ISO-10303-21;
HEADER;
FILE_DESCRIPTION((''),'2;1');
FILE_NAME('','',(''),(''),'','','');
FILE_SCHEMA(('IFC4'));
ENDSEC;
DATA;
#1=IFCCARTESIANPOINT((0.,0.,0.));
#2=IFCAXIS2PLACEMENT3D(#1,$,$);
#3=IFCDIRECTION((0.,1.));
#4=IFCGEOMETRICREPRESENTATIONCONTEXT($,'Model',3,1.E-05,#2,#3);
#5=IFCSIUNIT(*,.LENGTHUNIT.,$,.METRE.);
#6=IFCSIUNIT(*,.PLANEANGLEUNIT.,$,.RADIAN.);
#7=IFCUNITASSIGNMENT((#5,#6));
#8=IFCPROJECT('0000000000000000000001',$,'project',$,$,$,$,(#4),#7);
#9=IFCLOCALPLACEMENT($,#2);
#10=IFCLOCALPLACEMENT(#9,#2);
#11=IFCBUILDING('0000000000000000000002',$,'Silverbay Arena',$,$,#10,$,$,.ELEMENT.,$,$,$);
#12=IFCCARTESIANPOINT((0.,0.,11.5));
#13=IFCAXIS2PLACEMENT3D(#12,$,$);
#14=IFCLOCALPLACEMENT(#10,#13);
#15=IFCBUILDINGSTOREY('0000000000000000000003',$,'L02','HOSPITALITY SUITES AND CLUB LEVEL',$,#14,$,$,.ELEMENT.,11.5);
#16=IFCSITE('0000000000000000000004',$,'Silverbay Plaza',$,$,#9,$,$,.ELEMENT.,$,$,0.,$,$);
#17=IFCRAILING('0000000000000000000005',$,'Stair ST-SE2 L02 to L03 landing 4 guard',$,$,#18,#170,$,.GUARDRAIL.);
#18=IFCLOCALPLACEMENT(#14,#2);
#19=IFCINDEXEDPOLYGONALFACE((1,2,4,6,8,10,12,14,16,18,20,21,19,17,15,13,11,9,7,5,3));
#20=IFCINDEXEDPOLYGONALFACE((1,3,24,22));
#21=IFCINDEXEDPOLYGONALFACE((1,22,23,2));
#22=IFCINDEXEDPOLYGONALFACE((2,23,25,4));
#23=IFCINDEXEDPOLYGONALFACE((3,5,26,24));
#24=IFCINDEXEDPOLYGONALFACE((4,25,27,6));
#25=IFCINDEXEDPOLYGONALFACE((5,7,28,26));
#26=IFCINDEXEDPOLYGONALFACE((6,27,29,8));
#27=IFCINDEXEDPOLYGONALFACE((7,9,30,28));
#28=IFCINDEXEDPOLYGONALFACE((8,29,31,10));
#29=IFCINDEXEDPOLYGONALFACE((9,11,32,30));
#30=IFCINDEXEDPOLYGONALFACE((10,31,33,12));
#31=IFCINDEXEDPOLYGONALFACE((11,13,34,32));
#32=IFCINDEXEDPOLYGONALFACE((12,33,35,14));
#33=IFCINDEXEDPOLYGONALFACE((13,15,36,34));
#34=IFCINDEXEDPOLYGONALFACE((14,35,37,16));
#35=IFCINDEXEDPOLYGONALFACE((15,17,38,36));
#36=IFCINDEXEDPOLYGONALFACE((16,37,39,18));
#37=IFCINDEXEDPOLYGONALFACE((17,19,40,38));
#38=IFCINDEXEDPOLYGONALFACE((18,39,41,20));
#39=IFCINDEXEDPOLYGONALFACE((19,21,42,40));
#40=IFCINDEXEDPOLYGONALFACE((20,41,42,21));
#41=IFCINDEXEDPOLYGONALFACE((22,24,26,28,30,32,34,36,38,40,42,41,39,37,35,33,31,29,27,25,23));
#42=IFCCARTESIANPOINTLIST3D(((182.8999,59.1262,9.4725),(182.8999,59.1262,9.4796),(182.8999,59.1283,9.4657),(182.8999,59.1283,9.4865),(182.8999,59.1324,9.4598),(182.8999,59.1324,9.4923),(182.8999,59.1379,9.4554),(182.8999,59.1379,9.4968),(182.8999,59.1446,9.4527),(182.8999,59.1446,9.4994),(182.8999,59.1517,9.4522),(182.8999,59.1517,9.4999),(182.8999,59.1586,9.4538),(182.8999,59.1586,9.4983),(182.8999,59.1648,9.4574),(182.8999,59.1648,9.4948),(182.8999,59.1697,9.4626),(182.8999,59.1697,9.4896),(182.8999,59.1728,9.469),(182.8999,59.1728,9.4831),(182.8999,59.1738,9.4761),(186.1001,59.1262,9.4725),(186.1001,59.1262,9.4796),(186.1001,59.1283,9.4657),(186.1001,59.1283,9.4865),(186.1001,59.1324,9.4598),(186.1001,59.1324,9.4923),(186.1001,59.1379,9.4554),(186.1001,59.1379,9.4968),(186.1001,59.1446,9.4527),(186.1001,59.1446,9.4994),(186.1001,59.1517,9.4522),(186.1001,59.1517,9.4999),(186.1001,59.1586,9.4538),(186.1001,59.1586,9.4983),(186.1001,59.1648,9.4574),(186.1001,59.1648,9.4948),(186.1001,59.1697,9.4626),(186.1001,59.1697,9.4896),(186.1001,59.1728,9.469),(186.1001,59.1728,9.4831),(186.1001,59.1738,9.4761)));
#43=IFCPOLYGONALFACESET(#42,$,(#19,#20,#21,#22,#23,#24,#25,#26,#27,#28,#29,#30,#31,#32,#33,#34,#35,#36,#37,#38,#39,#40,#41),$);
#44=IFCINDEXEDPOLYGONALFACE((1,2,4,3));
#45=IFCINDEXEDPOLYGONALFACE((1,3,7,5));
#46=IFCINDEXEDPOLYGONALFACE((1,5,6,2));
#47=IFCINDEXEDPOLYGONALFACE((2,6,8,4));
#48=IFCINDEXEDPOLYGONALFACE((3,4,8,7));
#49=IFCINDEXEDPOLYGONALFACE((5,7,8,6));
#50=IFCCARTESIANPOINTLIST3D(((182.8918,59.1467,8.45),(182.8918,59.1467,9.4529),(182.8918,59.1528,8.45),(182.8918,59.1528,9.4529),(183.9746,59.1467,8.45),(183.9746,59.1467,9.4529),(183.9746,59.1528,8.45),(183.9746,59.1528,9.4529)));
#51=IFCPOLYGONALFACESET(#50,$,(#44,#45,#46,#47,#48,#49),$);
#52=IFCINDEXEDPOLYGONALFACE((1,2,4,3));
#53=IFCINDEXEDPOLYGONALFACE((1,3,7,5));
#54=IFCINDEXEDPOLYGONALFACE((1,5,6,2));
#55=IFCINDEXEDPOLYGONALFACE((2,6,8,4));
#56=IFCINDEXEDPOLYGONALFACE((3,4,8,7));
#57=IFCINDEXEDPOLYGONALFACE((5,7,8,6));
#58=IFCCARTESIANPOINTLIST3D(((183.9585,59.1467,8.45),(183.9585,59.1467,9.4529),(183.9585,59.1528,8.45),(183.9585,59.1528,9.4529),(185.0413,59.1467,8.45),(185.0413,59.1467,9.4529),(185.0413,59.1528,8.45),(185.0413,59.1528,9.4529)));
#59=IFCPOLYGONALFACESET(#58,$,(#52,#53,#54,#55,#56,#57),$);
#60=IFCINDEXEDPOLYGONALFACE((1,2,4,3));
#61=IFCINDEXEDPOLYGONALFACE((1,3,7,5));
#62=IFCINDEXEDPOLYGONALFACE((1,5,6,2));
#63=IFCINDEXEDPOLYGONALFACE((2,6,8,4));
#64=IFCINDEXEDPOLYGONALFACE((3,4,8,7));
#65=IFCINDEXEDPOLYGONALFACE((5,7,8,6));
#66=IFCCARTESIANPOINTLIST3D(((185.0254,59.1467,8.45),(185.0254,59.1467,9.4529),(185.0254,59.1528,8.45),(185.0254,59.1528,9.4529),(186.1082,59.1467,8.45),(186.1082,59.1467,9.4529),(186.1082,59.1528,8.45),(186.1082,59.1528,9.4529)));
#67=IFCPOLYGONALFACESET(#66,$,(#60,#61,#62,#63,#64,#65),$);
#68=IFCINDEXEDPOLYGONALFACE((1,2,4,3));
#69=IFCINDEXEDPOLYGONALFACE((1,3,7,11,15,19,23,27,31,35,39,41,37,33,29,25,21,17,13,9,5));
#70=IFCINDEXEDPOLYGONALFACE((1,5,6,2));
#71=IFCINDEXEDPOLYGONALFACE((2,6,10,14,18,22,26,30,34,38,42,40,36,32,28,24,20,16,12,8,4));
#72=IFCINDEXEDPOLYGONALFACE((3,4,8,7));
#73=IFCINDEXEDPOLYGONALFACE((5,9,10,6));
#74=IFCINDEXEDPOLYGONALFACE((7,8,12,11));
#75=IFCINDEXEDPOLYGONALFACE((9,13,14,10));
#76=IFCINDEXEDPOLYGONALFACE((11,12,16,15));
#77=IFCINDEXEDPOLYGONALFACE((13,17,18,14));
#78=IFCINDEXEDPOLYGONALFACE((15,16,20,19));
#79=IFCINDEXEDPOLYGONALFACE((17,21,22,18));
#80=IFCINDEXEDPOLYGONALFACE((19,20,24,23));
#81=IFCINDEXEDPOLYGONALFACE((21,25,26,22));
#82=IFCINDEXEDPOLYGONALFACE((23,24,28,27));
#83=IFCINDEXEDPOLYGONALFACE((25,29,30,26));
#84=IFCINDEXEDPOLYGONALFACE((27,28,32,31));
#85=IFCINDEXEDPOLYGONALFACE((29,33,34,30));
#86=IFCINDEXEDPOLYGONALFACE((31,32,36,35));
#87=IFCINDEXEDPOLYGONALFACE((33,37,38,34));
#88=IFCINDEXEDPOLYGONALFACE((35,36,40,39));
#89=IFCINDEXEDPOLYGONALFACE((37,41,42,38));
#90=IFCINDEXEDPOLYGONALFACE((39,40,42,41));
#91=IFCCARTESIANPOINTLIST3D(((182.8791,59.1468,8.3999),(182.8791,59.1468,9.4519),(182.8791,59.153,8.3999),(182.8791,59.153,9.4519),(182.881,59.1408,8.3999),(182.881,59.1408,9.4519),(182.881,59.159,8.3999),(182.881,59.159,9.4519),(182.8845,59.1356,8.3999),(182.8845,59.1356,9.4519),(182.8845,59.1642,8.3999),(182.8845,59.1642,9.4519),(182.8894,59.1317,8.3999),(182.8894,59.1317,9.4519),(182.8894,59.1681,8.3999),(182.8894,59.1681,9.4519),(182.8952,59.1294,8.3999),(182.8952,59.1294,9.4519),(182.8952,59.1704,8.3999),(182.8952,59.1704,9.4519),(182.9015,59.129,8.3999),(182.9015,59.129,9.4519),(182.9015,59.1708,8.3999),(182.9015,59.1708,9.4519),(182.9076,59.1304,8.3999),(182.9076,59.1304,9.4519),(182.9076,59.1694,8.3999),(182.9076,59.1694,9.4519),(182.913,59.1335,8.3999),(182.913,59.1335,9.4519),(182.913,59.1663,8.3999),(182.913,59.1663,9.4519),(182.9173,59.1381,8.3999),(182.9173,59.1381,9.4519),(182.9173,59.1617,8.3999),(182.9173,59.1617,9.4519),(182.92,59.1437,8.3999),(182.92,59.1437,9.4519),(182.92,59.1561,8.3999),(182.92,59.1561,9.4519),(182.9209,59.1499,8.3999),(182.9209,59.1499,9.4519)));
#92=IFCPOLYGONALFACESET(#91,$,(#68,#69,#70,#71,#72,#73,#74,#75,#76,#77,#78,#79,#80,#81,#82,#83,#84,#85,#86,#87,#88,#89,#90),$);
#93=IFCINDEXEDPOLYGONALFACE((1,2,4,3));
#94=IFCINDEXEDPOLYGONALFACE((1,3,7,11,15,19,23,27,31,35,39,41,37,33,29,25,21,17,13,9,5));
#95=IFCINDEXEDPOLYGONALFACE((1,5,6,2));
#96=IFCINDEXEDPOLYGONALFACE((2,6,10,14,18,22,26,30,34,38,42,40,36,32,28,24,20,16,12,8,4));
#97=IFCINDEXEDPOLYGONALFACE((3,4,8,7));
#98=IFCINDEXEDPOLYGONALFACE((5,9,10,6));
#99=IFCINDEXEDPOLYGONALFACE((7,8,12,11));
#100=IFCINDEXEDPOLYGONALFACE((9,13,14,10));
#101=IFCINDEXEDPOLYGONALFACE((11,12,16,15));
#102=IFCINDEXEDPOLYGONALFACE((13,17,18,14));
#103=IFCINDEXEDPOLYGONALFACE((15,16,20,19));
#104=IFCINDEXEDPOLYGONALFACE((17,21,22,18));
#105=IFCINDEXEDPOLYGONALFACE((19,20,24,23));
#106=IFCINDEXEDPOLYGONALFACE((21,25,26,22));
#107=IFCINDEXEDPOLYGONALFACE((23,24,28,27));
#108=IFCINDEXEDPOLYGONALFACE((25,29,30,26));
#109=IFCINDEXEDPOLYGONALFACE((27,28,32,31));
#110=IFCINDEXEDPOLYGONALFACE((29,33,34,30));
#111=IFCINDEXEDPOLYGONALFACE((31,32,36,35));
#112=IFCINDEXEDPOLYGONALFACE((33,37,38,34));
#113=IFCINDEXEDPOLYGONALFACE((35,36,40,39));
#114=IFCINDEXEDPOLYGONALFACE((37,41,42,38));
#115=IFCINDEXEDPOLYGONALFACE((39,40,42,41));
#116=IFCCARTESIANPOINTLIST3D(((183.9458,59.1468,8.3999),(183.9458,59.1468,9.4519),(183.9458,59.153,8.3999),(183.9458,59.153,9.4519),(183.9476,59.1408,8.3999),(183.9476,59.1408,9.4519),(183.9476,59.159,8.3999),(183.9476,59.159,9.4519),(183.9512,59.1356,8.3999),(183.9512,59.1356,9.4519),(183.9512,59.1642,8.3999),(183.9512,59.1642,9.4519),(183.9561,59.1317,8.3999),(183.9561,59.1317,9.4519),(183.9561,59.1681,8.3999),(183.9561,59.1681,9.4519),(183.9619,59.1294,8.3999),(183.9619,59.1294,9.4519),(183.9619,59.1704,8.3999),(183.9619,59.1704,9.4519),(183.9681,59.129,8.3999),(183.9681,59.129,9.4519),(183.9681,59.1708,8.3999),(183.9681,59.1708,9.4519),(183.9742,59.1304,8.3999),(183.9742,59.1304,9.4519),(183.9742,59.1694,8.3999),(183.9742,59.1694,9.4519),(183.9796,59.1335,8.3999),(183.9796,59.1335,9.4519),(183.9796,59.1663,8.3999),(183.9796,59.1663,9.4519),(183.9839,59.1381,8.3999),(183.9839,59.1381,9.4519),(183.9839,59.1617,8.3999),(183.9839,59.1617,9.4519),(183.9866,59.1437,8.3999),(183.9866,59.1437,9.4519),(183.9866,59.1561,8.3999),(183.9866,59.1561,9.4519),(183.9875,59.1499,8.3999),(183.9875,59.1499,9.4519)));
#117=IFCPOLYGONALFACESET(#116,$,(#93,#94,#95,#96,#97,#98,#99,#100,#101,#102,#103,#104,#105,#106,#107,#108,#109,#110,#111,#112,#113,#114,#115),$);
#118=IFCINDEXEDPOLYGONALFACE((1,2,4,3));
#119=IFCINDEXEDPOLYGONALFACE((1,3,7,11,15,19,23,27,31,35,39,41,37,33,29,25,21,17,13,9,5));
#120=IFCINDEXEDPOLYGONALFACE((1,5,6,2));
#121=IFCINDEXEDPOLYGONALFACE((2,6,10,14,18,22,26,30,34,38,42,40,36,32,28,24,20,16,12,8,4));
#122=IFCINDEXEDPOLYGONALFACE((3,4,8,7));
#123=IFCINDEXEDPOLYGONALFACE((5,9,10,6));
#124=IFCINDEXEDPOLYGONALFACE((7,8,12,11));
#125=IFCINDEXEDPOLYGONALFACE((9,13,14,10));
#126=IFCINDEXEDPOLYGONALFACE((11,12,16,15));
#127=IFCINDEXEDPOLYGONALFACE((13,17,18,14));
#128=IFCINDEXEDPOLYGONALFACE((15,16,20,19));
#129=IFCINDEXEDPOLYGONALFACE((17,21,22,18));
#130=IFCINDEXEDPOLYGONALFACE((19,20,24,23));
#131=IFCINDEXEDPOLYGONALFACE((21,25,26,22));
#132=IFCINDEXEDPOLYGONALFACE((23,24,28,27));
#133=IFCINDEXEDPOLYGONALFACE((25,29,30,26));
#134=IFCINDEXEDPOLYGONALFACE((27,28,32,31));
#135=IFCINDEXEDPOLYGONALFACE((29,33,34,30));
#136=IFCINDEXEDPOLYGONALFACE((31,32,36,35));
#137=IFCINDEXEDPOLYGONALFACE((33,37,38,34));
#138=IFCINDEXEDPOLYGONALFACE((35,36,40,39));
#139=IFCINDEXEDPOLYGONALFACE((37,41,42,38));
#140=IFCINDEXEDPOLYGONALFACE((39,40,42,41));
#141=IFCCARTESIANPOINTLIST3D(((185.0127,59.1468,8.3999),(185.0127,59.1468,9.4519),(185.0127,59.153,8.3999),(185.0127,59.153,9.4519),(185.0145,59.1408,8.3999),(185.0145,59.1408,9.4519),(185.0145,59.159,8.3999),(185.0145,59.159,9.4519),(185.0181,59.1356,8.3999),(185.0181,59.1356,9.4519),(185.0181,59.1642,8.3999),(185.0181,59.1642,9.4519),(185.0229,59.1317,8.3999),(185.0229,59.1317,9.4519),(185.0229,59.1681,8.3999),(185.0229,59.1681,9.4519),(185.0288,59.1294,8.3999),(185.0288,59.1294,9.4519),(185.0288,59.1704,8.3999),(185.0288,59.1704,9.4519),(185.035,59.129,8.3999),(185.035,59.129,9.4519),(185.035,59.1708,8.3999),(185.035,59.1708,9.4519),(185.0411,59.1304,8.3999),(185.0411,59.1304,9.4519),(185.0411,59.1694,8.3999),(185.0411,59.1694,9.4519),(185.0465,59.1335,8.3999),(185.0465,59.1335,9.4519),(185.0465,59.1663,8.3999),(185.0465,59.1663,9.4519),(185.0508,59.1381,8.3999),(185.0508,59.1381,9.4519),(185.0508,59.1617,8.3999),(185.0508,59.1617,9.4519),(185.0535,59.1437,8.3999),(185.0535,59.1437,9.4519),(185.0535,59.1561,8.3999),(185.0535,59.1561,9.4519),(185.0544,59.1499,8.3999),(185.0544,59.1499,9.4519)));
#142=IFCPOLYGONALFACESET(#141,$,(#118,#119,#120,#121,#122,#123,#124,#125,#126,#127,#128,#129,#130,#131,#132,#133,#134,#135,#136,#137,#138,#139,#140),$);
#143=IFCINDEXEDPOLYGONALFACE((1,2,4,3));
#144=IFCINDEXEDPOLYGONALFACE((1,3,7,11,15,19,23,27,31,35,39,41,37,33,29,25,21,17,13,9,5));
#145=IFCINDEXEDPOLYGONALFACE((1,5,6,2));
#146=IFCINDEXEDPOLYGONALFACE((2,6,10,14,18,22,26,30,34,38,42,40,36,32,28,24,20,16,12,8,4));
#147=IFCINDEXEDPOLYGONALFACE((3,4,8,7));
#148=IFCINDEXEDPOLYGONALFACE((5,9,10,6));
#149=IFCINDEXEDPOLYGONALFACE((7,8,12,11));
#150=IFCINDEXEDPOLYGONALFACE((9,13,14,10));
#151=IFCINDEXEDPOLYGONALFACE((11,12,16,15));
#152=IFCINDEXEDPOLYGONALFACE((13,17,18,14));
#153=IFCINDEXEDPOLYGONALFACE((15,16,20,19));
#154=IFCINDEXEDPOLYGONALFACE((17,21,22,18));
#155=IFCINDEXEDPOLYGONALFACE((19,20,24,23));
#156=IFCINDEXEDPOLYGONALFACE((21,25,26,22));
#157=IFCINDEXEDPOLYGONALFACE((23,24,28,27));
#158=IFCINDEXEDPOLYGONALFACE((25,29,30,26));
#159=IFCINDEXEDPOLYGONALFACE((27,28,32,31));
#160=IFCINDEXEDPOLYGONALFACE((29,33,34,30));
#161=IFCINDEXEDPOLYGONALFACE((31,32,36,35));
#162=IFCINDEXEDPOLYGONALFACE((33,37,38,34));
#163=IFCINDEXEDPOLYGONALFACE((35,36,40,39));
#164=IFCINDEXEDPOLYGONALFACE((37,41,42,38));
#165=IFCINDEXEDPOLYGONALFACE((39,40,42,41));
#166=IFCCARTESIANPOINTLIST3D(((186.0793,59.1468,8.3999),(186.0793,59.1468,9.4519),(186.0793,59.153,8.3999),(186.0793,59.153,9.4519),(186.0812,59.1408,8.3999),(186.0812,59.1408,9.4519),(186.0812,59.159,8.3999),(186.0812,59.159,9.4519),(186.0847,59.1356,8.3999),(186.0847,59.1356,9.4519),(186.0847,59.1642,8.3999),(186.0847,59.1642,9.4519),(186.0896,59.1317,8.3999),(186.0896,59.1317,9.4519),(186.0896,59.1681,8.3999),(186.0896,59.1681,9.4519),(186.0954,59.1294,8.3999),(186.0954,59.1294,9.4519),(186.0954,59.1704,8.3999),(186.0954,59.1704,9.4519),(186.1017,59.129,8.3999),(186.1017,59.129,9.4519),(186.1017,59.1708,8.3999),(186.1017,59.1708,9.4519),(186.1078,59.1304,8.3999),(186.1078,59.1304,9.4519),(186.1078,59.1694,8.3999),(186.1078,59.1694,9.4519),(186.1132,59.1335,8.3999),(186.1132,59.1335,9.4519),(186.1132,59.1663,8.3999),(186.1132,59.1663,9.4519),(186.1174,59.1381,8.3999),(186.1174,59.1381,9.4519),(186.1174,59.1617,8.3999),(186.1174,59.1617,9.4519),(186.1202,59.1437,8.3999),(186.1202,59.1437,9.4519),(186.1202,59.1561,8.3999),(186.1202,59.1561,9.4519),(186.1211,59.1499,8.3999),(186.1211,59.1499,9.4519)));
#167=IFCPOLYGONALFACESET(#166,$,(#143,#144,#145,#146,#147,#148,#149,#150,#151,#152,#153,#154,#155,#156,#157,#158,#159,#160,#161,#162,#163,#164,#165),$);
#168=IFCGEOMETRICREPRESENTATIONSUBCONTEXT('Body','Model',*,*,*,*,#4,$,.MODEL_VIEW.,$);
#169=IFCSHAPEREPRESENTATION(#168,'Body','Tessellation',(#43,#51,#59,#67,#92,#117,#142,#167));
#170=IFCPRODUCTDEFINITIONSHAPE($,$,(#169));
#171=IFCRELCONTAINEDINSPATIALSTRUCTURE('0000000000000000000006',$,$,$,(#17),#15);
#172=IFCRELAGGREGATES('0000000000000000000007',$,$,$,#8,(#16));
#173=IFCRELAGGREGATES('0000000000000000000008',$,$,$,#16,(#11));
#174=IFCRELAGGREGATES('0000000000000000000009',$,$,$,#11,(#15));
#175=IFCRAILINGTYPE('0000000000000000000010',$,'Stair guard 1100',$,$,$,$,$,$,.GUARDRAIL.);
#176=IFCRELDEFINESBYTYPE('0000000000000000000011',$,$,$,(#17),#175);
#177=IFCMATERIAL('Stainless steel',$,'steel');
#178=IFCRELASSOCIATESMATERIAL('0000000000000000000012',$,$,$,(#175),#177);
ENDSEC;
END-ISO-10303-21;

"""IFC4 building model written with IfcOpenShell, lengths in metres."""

from ifc_helpers import new_model, si_unit, direction, frame, origin, origin_2d, place, context, subcontext, project, spatial, polyline, circle, outline, extrude, material, type_object, element, save


model = new_model("IFC4")

# Units and contexts
model_context = context("Model", 3, precision=1e-05, world=origin(), true_north=direction((0.0, 1.0)))
body_context = subcontext(model_context, "Body", "Model", "MODEL_VIEW")
ifc_project = project(units=[si_unit("LENGTHUNIT", "METRE"), si_unit("PLANEANGLEUNIT", "RADIAN")], contexts=[model_context])

# Site, building, storey
site_placement = place(None, origin())
site = spatial("IfcSite", under=ifc_project, at=site_placement, Name="Silverbay Plaza", CompositionType="ELEMENT", RefElevation=0.0)
building_placement = place(site_placement, origin())
building = spatial("IfcBuilding", under=site, at=building_placement, Name="Silverbay Arena", CompositionType="ELEMENT")
storey_placement = place(building_placement, frame((0.0, 0.0, 11.5)))
storey = spatial("IfcBuildingStorey", under=building, at=storey_placement, Name="L02", Description="HOSPITALITY SUITES AND CLUB LEVEL", CompositionType="ELEMENT", Elevation=11.5)

# Railing
ifc_material_1 = material(Name="Stainless steel", Category="steel")
railing_type_1 = type_object("IfcRailingType", Name="Stair guard 1100", PredefinedType="GUARDRAIL", material=ifc_material_1)
railing_1_placement = place(storey_placement, frame((182.8999, 59.1499, 8.3999)))
element("IfcRailing", 1, at=railing_1_placement, inside=storey, type_object=railing_type_1, Name="Stair ST-SE2 L02 to L03 landing 4 guard", PredefinedType="GUARDRAIL", context=body_context, shape_type="SweptSolid", body=[
    extrude(circle(Radius=0.0239, at=origin_2d()), frame((0.0, 0.0, 1.0762), z_axis=(1.0, 0.0, 0.0), x_axis=(0.0, 1.0, 0.0)), (0.0, 0.0, 1.0), 3.2002),
    extrude(outline(polyline([(-0.0081, 0.05), (1.0747, 0.05), (1.0747, 1.053), (-0.0081, 1.053), (-0.0081, 0.05)])), frame((0.0, 0.0029, 0.0), z_axis=(0.0, -1.0, 0.0), x_axis=(1.0, 0.0, 0.0)), (0.0, 0.0, 1.0), 0.0061),
    extrude(outline(polyline([(-0.0081, 0.05), (1.0747, 0.05), (1.0747, 1.053), (-0.0081, 1.053), (-0.0081, 0.05)])), frame((1.0667, 0.0029, 0.0), z_axis=(0.0, -1.0, 0.0), x_axis=(1.0, 0.0, 0.0)), (0.0, 0.0, 1.0), 0.0061),
    extrude(outline(polyline([(-0.0081, 0.05), (1.0747, 0.05), (1.0747, 1.053), (-0.0081, 1.053), (-0.0081, 0.05)])), frame((2.1335, 0.0029, 0.0), z_axis=(0.0, -1.0, 0.0), x_axis=(1.0, 0.0, 0.0)), (0.0, 0.0, 1.0), 0.0061),
    extrude(circle(Radius=0.021, at=origin_2d()), origin(), (0.0, 0.0, 1.0), 1.052),
    extrude(circle(Radius=0.021, at=origin_2d()), frame((1.0667, 0.0, 0.0)), (0.0, 0.0, 1.0), 1.052),
    extrude(circle(Radius=0.021, at=origin_2d()), frame((2.1335, 0.0, 0.0)), (0.0, 0.0, 1.0), 1.052),
    extrude(circle(Radius=0.021, at=origin_2d()), frame((3.2002, 0.0, 0.0)), (0.0, 0.0, 1.0), 1.052),
])

save(model, "model.ifc")
